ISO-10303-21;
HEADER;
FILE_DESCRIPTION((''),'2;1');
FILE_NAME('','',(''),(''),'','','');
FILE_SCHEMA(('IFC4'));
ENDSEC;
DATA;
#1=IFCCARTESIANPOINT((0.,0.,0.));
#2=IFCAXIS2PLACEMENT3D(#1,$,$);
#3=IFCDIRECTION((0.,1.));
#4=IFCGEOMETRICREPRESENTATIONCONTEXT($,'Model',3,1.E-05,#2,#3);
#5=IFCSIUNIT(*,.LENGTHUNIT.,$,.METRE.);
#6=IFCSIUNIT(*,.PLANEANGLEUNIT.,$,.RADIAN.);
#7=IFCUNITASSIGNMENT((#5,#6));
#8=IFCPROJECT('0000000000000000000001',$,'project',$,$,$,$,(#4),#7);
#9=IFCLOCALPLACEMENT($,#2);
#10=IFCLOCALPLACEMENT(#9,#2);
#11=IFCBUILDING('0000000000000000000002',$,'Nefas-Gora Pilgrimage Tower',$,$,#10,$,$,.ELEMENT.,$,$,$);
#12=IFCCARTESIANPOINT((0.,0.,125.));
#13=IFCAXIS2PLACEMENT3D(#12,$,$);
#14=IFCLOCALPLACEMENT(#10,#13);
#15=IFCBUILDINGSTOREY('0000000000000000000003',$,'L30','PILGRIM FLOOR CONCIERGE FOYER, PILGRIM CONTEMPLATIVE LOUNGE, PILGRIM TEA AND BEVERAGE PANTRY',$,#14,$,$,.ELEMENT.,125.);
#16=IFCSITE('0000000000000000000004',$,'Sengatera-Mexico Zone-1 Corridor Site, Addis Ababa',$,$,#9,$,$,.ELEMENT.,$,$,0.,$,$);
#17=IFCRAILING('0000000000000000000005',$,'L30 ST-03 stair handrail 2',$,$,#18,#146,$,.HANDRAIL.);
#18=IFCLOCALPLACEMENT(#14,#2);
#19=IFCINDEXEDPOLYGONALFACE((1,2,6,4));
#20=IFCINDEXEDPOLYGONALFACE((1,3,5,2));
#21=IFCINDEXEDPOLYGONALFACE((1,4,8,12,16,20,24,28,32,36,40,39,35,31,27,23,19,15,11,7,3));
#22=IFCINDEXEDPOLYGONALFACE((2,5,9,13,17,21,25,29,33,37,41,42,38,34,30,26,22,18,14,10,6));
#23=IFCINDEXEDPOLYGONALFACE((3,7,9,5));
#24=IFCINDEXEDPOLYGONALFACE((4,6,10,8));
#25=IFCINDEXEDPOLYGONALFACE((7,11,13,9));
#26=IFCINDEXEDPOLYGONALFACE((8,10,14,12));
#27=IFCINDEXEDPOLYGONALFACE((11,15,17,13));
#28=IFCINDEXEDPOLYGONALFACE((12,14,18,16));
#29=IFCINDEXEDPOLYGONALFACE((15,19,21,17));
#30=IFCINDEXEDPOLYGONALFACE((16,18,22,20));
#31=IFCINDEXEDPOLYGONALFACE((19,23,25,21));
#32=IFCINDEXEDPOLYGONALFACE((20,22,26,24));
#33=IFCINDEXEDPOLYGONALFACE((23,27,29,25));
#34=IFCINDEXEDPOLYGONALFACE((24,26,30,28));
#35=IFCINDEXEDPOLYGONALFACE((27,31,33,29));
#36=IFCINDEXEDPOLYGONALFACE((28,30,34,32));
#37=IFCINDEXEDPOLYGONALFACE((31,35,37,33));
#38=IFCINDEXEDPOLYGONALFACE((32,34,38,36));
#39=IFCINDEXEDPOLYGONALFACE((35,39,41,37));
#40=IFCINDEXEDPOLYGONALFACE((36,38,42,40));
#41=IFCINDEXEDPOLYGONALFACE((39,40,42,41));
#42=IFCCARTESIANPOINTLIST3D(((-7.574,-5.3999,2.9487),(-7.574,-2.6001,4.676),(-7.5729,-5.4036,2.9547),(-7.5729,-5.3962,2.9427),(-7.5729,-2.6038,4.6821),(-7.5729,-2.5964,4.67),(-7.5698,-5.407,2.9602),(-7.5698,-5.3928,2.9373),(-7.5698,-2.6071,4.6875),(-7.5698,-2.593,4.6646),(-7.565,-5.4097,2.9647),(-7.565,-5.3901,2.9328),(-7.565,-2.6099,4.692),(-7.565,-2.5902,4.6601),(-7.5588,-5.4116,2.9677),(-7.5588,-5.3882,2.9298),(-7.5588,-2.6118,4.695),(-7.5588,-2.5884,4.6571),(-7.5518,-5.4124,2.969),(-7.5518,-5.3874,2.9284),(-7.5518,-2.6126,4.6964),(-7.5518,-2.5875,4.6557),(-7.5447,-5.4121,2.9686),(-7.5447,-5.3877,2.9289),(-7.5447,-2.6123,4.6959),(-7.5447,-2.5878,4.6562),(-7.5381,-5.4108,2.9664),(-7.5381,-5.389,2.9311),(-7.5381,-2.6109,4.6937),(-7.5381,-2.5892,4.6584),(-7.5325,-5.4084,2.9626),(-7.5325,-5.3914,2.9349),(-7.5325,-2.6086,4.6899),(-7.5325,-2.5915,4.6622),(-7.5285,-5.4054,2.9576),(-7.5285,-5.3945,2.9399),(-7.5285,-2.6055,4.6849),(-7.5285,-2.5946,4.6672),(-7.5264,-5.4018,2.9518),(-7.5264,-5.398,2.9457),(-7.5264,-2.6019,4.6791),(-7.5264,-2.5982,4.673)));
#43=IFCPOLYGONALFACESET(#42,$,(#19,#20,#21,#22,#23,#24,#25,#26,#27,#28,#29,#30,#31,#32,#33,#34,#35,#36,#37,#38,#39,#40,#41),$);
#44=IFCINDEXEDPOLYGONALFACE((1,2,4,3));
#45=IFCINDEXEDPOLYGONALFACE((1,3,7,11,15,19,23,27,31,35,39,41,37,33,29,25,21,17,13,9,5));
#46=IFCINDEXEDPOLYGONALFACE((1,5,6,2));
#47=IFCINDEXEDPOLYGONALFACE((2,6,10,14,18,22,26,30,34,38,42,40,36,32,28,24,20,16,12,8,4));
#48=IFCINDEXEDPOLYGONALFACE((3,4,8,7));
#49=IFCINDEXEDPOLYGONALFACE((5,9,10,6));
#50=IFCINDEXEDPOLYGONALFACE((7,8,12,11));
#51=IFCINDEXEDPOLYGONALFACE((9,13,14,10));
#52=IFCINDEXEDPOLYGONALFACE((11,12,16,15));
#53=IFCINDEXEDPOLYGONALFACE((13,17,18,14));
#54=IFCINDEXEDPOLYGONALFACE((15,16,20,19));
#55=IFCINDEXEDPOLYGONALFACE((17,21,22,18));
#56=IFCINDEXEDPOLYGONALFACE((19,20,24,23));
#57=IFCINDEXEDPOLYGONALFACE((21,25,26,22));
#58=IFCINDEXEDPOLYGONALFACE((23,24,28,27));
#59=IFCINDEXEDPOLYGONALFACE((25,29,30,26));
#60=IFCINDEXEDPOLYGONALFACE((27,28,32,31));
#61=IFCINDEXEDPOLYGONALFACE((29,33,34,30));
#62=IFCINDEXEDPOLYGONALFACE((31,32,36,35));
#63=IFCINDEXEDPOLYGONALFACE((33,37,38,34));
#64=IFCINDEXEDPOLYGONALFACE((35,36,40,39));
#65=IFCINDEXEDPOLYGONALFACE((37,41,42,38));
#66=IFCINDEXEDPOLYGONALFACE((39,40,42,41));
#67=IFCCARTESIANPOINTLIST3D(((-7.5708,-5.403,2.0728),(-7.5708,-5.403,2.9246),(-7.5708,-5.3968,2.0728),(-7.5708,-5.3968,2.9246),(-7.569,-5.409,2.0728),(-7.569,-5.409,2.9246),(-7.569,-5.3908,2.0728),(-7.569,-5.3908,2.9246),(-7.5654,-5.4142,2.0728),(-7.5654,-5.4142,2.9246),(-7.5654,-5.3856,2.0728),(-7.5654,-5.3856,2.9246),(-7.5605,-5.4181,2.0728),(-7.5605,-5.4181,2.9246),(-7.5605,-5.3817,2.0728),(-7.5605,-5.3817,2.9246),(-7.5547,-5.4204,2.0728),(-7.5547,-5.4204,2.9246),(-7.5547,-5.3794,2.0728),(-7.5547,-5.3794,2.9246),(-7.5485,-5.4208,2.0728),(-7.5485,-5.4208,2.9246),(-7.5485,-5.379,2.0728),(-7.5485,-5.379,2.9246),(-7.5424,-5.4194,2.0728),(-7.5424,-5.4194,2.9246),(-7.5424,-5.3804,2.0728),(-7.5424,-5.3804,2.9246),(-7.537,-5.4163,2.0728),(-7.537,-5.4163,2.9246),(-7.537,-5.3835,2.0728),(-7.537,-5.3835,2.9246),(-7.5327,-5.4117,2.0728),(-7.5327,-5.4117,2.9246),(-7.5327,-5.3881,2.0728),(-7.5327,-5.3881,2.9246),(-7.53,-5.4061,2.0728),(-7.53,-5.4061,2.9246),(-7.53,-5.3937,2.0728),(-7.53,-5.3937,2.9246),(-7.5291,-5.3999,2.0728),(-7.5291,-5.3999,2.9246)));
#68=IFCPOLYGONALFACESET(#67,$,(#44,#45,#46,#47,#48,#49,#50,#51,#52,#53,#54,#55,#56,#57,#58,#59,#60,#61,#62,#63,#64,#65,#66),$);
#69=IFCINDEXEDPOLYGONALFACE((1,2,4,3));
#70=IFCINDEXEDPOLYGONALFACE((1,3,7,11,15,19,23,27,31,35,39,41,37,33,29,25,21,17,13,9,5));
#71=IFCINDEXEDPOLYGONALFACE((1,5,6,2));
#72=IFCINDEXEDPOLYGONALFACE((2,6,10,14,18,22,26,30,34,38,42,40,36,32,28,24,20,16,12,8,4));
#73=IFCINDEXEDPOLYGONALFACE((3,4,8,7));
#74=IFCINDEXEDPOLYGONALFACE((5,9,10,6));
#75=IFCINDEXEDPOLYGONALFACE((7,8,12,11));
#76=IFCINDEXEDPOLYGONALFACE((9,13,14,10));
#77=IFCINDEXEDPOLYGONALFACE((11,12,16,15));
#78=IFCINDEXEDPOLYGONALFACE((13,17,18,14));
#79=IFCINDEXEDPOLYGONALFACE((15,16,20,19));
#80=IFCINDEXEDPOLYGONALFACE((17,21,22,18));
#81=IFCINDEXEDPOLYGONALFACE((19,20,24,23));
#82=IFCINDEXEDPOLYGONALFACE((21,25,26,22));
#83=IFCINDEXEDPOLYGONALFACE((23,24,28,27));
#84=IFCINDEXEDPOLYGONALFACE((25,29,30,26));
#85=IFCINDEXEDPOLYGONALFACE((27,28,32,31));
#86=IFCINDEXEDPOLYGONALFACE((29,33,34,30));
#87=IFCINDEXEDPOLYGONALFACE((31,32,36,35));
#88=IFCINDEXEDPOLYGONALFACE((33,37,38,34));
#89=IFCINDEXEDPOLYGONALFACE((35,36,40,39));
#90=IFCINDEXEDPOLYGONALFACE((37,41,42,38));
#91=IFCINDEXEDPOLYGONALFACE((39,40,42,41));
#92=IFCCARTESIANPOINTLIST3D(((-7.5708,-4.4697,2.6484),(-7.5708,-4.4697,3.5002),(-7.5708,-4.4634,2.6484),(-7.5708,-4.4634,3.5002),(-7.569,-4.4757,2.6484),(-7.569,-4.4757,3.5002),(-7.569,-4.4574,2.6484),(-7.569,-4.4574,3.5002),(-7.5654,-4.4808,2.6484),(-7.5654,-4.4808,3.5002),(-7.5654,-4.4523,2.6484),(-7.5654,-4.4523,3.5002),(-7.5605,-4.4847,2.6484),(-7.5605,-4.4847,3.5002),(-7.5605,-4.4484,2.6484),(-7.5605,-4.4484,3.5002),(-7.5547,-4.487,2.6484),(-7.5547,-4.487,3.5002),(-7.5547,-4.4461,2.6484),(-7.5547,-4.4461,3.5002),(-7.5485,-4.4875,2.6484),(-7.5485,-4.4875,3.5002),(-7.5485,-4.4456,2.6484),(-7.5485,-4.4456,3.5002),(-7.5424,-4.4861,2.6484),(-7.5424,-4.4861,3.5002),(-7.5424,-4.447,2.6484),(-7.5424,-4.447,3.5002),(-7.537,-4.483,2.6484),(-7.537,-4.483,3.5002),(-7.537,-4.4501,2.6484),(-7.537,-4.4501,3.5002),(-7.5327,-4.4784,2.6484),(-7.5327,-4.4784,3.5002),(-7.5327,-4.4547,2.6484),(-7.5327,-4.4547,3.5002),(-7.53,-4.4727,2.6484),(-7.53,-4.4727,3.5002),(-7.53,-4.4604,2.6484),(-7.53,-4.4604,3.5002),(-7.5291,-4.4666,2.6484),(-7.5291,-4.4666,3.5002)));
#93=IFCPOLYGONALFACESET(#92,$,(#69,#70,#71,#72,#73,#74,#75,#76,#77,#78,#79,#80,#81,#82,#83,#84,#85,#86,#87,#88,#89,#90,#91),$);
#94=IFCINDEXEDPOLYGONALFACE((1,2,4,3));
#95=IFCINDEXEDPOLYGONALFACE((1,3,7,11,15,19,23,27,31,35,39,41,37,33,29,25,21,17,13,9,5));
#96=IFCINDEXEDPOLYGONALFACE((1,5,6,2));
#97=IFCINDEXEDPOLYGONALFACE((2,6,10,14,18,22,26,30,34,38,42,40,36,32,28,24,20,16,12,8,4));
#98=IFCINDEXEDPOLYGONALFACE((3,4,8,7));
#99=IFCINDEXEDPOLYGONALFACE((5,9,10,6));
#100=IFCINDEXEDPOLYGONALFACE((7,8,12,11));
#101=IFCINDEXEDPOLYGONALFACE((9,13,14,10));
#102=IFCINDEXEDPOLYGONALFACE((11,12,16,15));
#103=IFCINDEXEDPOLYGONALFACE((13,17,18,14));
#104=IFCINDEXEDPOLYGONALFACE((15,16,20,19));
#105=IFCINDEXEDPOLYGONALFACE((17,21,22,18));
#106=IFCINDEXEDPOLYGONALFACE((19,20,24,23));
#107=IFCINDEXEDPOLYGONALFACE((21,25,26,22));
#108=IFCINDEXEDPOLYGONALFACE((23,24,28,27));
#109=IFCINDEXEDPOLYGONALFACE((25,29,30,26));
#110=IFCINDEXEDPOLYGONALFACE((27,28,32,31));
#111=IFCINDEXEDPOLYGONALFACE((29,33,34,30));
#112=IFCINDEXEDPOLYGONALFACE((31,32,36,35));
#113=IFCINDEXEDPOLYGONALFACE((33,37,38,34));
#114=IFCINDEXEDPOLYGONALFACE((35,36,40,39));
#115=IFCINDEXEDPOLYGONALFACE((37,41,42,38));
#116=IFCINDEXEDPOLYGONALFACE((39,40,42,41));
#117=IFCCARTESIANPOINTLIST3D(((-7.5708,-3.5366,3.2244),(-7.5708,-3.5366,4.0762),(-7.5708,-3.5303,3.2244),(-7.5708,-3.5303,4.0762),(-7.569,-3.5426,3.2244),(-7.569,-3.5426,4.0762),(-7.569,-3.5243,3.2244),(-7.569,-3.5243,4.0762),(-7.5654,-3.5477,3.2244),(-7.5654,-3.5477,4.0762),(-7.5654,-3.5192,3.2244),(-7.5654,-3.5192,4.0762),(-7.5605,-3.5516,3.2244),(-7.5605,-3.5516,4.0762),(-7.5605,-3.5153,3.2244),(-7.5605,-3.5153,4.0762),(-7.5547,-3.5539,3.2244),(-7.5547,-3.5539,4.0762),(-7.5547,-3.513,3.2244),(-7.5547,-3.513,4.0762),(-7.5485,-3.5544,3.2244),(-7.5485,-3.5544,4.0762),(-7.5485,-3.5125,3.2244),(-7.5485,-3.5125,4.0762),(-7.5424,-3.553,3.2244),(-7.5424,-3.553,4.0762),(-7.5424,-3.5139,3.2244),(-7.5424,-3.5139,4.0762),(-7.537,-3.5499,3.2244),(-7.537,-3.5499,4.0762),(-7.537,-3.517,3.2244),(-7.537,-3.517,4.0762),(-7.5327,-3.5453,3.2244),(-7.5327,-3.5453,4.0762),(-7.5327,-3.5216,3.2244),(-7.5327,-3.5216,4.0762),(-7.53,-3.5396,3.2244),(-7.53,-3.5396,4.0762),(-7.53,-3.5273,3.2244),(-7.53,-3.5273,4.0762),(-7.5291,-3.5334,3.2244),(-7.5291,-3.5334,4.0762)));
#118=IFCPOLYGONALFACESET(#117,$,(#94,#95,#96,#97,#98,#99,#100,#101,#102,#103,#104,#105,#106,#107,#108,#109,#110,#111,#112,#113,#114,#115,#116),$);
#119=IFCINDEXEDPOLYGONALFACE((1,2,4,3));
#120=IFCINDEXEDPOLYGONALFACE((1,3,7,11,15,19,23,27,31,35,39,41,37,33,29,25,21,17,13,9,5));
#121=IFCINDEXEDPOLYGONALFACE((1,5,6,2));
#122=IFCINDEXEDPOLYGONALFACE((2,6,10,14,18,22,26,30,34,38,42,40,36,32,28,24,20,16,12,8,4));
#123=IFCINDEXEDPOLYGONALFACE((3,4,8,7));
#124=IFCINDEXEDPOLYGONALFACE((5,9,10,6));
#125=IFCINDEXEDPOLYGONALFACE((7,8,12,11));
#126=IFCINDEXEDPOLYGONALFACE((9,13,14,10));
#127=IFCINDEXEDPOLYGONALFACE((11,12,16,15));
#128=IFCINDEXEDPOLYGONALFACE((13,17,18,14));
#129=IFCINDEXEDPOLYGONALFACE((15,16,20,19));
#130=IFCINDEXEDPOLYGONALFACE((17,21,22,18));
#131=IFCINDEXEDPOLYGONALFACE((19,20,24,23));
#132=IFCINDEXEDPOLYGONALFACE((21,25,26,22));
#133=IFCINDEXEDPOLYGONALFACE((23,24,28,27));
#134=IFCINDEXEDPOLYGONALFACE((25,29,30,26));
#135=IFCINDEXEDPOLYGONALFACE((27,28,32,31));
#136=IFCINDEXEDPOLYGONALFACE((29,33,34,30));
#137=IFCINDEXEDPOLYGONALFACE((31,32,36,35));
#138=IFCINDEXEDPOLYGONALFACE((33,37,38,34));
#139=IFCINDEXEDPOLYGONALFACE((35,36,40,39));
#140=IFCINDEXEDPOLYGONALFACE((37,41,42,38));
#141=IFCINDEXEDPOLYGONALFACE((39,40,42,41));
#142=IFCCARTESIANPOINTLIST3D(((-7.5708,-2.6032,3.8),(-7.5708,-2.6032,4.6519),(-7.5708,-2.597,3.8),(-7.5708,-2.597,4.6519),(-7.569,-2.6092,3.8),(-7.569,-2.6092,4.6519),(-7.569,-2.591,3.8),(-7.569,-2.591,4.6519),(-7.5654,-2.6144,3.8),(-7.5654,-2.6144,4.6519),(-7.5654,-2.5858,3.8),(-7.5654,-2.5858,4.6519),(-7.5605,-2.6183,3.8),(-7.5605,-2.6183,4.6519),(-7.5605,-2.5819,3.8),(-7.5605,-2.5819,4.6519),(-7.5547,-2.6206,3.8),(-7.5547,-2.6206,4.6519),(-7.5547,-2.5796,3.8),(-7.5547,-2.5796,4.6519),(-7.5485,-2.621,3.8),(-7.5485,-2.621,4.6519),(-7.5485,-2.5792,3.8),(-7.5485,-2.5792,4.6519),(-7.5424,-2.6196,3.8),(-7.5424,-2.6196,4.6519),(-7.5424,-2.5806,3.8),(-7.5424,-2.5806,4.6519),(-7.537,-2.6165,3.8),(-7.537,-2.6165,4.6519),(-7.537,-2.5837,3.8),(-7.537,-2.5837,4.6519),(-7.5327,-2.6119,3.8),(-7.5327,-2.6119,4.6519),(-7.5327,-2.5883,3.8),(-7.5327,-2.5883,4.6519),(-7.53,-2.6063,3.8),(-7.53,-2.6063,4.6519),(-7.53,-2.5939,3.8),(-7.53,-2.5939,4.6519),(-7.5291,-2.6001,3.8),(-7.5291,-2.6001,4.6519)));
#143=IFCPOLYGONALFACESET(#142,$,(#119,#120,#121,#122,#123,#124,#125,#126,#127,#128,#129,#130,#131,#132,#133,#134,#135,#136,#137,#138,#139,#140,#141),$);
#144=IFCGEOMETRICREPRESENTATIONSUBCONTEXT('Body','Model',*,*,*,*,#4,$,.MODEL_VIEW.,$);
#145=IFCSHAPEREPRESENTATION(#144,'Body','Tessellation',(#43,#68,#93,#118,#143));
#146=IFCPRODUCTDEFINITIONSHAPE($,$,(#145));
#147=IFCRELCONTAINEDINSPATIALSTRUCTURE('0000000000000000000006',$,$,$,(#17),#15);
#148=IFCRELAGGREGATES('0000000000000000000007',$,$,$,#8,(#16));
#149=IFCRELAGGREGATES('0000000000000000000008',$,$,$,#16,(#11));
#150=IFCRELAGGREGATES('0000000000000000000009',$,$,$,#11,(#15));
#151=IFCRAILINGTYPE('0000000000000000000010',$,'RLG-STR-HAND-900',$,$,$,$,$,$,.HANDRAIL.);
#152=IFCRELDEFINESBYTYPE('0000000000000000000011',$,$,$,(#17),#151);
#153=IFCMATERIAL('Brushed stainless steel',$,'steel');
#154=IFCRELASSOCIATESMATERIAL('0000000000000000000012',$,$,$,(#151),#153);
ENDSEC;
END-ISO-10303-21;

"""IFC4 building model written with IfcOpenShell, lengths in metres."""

from ifc_helpers import new_model, si_unit, direction, frame, origin, origin_2d, place, context, subcontext, project, spatial, circle, extrude, material, type_object, element, save


model = new_model("IFC4")

# Units and contexts
model_context = context("Model", 3, precision=1e-05, world=origin(), true_north=direction((0.0, 1.0)))
body_context = subcontext(model_context, "Body", "Model", "MODEL_VIEW")
ifc_project = project(units=[si_unit("LENGTHUNIT", "METRE"), si_unit("PLANEANGLEUNIT", "RADIAN")], contexts=[model_context])

# Site, building, storey
site_placement = place(None, origin())
site = spatial("IfcSite", under=ifc_project, at=site_placement, Name="Sengatera-Mexico Zone-1 Corridor Site, Addis Ababa", CompositionType="ELEMENT", RefElevation=0.0)
building_placement = place(site_placement, origin())
building = spatial("IfcBuilding", under=site, at=building_placement, Name="Nefas-Gora Pilgrimage Tower", CompositionType="ELEMENT")
storey_placement = place(building_placement, frame((0.0, 0.0, 125.0)))
storey = spatial("IfcBuildingStorey", under=building, at=storey_placement, Name="L30", Description="PILGRIM FLOOR CONCIERGE FOYER, PILGRIM CONTEMPLATIVE LOUNGE, PILGRIM TEA AND BEVERAGE PANTRY", CompositionType="ELEMENT", Elevation=125.0)

# Railing
ifc_material_1 = material(Name="Brushed stainless steel", Category="steel")
railing_type_1 = type_object("IfcRailingType", Name="RLG-STR-HAND-900", PredefinedType="HANDRAIL", material=ifc_material_1)
railing_1_placement = place(storey_placement, frame((-7.55, -5.3999, 2.0728)))
element("IfcRailing", 1, at=railing_1_placement, inside=storey, type_object=railing_type_1, Name="L30 ST-03 stair handrail 2", PredefinedType="HANDRAIL", context=body_context, shape_type="SweptSolid", body=[
    extrude(circle(Radius=0.0239, at=origin_2d()), frame((0.0, 0.0, 0.876), z_axis=(0.0, 0.851069, 0.525054), x_axis=(-1.0, 0.0, 0.0)), (0.0, 0.0, 1.0), 3.2898),
    extrude(circle(Radius=0.021, at=origin_2d()), origin(), (0.0, 0.0, 1.0), 0.8518),
    extrude(circle(Radius=0.021, at=origin_2d()), frame((0.0, 0.9333, 0.5757)), (0.0, 0.0, 1.0), 0.8518),
    extrude(circle(Radius=0.021, at=origin_2d()), frame((0.0, 1.8665, 1.1516)), (0.0, 0.0, 1.0), 0.8518),
    extrude(circle(Radius=0.021, at=origin_2d()), frame((0.0, 2.7998, 1.7273)), (0.0, 0.0, 1.0), 0.8518),
])

save(model, "model.ifc")
